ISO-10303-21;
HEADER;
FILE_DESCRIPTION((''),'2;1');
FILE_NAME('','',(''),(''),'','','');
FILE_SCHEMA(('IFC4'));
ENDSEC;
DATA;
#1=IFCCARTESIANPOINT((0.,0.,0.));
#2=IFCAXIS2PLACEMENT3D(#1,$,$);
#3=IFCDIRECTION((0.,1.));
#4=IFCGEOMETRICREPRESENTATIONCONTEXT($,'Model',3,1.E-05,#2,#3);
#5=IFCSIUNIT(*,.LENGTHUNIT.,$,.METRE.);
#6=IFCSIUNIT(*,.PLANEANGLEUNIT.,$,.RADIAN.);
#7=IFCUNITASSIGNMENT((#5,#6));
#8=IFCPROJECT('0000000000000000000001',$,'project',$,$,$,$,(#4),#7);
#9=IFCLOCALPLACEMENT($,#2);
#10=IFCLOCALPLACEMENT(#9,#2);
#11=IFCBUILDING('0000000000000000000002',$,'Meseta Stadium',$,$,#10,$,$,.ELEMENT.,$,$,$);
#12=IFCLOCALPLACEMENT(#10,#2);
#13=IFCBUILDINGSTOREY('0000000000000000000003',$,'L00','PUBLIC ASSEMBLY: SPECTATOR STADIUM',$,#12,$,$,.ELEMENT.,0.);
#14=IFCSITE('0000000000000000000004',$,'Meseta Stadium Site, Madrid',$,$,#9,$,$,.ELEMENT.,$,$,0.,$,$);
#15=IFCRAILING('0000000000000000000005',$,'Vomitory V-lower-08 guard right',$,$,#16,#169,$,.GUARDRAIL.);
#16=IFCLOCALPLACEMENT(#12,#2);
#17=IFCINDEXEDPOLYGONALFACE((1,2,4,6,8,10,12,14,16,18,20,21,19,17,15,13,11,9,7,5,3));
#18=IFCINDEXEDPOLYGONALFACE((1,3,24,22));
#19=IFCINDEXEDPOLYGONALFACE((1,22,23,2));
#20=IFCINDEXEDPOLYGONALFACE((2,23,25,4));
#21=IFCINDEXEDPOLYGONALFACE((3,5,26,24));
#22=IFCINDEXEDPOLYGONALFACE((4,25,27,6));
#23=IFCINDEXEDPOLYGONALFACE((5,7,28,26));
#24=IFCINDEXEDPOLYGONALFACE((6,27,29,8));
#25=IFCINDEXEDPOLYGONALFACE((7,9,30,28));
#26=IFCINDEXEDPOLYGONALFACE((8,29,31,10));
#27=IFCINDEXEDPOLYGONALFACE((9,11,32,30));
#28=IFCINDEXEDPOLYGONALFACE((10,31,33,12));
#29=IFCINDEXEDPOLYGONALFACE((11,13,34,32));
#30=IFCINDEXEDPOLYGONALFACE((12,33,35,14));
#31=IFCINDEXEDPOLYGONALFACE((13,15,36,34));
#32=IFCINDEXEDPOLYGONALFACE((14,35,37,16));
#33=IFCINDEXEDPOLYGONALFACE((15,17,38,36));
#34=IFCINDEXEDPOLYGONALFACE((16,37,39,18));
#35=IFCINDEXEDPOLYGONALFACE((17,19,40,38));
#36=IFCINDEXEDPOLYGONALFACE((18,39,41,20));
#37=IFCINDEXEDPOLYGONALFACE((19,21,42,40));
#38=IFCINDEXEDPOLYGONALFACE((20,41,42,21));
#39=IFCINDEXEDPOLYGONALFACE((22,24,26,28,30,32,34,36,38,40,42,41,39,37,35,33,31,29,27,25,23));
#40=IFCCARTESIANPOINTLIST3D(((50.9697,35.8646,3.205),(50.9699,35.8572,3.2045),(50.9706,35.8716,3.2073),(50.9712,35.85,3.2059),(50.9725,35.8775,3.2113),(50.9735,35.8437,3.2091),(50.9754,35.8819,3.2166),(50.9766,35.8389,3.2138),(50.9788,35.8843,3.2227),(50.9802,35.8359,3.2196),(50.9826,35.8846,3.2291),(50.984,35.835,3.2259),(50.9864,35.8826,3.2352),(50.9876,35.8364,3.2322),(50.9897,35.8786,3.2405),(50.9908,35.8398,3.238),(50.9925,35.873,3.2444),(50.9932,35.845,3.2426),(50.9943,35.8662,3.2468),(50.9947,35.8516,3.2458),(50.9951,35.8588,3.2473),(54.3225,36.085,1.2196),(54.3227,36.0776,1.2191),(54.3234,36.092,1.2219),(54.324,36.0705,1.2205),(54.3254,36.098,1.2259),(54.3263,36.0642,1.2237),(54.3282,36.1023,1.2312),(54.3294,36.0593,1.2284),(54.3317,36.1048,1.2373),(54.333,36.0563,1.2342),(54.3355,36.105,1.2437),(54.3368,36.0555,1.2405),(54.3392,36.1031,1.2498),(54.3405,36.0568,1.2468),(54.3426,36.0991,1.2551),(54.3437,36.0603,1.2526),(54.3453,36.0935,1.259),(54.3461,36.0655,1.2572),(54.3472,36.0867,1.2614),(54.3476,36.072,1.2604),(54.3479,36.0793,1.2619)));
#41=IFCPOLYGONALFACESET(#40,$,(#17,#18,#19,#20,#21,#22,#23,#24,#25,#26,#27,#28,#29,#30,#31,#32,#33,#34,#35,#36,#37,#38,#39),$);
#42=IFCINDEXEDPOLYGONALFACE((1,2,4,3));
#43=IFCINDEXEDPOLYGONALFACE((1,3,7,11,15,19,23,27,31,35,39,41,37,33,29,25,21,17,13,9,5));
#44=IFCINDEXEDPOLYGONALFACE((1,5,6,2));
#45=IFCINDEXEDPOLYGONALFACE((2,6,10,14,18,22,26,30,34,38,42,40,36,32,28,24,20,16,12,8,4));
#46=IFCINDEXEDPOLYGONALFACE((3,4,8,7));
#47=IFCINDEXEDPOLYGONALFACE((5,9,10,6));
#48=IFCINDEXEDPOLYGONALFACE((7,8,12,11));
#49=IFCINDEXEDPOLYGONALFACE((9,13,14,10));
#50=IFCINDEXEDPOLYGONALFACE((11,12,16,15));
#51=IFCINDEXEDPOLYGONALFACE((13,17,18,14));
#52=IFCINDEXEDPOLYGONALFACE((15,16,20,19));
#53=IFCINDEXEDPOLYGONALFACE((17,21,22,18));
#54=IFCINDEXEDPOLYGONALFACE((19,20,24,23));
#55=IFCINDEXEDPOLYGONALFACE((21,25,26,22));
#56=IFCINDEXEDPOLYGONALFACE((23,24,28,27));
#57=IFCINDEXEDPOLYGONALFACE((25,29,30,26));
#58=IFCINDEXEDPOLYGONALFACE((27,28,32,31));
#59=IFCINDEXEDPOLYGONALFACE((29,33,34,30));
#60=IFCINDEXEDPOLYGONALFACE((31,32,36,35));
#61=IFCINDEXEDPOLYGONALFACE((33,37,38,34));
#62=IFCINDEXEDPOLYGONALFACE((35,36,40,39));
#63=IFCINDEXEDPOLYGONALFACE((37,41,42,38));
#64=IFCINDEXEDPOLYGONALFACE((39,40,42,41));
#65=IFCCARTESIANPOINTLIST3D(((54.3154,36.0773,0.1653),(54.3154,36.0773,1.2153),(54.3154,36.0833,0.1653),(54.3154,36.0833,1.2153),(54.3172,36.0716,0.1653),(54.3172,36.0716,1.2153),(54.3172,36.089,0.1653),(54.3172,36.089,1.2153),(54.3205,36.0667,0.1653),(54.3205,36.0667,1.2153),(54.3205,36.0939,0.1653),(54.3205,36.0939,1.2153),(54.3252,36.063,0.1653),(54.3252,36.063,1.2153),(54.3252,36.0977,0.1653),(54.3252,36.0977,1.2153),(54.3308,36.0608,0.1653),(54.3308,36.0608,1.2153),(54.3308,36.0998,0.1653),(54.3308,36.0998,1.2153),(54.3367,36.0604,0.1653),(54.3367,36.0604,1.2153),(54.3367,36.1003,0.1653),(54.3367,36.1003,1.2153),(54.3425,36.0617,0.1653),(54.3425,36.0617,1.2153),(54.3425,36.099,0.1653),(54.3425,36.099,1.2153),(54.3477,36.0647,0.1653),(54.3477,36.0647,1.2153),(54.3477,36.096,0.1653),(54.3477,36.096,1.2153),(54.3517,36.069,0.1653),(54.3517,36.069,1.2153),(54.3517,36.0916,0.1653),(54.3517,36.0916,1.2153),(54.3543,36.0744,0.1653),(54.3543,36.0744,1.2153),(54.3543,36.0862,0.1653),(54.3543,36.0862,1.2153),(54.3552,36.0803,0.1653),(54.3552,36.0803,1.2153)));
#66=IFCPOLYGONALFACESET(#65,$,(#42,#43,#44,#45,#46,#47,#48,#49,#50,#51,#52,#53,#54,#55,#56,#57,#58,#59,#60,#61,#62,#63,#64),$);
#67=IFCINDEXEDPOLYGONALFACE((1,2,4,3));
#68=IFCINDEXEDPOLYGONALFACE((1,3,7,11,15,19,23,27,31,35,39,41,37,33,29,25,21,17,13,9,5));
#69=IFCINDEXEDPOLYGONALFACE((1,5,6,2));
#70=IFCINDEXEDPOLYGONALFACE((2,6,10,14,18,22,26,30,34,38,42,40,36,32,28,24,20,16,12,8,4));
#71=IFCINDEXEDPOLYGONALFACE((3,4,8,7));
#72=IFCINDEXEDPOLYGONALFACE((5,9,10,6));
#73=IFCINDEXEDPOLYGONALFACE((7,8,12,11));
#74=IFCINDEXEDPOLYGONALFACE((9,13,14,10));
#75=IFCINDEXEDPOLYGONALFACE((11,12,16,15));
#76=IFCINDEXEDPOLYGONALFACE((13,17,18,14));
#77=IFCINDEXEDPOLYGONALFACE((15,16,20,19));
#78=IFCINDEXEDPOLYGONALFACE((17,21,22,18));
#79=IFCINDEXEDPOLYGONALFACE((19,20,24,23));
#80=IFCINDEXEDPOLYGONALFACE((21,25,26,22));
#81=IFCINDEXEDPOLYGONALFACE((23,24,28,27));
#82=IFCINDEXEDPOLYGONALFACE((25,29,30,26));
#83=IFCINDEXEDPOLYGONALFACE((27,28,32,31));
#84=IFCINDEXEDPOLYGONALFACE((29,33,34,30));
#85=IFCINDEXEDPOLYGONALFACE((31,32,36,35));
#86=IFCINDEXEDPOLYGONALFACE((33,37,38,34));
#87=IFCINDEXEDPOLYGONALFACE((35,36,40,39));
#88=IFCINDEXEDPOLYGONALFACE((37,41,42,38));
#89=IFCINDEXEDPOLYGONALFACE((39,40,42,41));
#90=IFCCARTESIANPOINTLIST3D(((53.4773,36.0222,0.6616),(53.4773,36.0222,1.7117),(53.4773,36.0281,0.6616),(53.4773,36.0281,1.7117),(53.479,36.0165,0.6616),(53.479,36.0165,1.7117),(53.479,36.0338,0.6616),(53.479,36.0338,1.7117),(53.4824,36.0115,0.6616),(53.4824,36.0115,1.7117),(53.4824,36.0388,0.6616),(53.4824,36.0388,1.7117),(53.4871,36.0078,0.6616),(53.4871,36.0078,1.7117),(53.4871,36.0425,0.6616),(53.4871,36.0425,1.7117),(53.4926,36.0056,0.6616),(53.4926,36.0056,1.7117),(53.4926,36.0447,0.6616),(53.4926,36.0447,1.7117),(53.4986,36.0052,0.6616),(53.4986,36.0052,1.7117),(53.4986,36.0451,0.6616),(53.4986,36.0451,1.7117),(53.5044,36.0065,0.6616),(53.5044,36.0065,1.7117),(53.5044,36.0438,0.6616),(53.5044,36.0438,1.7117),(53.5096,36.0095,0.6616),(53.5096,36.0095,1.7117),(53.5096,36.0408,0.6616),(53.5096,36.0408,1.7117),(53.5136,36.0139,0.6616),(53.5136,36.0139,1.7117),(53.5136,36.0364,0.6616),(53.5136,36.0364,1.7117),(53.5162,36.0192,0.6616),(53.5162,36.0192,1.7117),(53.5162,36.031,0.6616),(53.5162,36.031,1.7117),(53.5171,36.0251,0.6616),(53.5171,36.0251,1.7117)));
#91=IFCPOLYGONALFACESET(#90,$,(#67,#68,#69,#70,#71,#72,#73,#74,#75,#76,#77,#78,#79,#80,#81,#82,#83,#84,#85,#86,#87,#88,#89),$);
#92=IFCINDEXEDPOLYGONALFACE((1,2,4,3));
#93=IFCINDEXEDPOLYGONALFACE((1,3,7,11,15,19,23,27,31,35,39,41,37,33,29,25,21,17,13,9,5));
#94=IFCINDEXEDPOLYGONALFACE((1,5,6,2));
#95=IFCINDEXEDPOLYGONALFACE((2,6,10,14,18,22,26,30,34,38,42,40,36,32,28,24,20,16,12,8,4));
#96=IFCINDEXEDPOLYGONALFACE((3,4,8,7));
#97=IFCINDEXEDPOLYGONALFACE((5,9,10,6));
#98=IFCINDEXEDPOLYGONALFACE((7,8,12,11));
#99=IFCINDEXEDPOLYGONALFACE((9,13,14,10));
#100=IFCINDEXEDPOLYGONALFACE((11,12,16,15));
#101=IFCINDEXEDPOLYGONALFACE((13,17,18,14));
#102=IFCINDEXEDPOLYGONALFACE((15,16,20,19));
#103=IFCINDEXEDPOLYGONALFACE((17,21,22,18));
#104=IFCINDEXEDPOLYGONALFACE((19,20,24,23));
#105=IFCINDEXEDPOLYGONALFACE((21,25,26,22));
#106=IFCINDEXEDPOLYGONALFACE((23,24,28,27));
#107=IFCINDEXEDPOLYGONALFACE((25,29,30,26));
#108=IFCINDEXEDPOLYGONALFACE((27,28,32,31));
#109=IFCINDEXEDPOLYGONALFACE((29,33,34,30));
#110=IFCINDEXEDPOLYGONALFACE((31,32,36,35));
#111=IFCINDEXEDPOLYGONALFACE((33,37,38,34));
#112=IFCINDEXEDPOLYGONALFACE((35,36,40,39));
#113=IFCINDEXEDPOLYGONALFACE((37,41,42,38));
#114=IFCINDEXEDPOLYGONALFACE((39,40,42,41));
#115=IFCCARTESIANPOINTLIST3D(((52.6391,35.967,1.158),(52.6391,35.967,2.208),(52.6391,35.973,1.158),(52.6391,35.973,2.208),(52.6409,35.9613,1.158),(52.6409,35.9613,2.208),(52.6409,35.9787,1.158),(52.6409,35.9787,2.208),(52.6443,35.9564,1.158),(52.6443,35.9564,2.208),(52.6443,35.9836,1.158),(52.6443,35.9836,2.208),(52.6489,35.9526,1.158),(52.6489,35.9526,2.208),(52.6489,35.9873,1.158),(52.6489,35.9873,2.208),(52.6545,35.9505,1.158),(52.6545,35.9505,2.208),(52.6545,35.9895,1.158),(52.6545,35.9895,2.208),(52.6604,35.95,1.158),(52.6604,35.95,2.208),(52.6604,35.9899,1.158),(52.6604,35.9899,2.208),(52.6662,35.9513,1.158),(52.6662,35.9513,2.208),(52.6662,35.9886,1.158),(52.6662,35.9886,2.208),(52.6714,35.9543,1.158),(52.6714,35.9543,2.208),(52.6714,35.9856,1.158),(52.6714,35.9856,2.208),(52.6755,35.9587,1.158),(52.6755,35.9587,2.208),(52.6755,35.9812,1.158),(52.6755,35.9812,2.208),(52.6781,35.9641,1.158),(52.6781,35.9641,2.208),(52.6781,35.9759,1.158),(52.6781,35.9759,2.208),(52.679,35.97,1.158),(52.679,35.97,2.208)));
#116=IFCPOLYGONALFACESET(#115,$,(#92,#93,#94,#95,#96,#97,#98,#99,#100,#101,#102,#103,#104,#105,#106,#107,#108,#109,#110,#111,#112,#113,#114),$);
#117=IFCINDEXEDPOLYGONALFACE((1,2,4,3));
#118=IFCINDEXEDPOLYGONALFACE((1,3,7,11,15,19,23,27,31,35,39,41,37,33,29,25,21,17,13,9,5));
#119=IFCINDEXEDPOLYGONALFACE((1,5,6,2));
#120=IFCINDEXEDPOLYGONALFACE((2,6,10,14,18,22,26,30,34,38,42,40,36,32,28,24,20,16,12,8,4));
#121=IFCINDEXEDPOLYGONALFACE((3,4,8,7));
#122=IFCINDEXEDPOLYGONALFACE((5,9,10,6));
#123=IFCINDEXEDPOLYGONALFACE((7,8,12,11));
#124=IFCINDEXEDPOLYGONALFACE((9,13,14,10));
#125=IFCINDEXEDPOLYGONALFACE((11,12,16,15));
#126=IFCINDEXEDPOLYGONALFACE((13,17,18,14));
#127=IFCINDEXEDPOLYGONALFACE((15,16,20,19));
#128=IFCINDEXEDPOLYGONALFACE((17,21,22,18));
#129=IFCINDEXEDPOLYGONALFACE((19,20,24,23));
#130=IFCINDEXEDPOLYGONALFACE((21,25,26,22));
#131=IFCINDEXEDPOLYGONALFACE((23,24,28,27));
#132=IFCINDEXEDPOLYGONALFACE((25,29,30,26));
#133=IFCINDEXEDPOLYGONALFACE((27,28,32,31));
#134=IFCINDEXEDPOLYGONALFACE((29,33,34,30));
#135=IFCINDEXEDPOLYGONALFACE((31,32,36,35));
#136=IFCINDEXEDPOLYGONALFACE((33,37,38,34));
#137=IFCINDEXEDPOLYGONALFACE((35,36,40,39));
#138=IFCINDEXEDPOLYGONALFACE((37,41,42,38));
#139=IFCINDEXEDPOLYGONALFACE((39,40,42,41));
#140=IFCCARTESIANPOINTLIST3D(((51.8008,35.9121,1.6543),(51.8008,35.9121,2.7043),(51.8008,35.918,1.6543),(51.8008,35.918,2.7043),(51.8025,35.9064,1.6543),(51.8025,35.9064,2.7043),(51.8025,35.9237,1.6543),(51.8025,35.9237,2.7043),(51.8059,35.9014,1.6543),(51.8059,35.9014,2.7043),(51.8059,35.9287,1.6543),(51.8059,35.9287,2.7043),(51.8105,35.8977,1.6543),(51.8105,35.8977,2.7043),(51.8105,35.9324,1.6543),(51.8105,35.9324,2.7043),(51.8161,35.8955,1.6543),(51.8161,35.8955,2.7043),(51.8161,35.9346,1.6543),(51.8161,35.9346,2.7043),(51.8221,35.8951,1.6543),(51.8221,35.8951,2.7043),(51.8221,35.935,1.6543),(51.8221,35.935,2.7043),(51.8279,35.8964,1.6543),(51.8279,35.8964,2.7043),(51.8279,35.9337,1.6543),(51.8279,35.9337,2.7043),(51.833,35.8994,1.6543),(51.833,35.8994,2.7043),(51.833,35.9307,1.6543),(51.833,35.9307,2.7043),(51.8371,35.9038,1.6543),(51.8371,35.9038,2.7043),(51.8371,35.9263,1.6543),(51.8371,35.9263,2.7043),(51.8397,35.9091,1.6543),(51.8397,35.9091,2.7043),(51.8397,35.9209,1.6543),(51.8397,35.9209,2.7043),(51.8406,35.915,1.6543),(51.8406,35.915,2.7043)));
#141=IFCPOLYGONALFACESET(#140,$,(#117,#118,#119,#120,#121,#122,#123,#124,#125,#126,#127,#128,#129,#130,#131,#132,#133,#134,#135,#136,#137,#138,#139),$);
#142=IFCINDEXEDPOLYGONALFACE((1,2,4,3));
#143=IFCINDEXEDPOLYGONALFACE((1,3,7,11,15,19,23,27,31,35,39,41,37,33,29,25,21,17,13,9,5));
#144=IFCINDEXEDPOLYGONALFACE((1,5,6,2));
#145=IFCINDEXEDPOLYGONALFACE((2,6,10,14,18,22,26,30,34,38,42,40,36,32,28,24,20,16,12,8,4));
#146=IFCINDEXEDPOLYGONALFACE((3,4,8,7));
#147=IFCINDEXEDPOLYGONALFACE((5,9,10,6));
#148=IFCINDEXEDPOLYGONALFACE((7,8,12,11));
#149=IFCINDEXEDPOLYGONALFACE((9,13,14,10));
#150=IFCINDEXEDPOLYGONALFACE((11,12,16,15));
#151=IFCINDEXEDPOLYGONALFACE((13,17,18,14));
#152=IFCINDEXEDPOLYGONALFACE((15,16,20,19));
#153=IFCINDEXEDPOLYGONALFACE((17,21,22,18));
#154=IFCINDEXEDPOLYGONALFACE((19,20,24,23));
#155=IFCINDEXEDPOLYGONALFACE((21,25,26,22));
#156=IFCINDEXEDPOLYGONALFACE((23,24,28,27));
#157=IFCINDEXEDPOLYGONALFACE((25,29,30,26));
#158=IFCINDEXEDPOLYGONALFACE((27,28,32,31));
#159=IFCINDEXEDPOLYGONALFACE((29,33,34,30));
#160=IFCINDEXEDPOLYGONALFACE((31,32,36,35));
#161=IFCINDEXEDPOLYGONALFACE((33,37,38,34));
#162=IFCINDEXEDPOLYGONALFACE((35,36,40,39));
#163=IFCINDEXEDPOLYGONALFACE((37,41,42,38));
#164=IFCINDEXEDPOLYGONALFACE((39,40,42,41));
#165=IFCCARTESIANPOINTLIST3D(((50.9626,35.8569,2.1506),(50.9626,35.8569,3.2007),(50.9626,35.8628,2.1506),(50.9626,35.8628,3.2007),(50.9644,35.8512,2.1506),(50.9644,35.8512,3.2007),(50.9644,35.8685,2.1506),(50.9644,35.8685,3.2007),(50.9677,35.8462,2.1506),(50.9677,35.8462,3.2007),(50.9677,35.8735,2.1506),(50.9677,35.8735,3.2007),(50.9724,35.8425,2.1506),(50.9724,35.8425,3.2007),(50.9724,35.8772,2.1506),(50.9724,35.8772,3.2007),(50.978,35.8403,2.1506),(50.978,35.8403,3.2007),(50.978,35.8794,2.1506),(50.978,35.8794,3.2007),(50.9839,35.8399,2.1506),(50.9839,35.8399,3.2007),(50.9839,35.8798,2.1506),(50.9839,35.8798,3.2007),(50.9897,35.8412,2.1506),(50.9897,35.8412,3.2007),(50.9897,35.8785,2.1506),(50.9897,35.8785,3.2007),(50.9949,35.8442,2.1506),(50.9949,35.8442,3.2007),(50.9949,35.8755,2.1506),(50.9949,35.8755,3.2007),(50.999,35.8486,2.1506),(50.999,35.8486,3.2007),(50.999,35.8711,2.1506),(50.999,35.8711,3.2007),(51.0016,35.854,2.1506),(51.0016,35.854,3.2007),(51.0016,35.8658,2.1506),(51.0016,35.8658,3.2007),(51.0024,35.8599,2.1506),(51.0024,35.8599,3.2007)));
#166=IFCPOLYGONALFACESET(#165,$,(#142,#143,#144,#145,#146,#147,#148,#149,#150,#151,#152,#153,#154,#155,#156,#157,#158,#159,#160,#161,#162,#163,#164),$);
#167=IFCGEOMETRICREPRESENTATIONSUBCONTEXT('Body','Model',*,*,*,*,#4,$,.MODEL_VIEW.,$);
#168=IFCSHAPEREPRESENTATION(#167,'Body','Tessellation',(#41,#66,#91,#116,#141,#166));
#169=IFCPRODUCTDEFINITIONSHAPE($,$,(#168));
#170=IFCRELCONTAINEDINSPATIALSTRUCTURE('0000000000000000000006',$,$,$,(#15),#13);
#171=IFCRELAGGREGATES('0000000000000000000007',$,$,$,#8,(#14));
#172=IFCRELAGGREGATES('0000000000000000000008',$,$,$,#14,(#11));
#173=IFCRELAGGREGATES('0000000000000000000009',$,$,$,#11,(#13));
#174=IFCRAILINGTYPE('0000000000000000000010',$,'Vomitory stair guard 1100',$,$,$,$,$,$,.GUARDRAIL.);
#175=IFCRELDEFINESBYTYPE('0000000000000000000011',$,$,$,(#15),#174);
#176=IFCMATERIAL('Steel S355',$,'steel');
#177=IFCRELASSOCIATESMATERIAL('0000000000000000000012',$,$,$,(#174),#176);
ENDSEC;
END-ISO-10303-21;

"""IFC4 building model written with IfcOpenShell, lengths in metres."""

from ifc_helpers import new_model, si_unit, direction, frame, origin, origin_2d, place, context, subcontext, project, spatial, circle, extrude, material, type_object, element, save


model = new_model("IFC4")

# Units and contexts
model_context = context("Model", 3, precision=1e-05, world=origin(), true_north=direction((0.0, 1.0)))
body_context = subcontext(model_context, "Body", "Model", "MODEL_VIEW")
ifc_project = project(units=[si_unit("LENGTHUNIT", "METRE"), si_unit("PLANEANGLEUNIT", "RADIAN")], contexts=[model_context])

# Site, building, storey
site_placement = place(None, origin())
site = spatial("IfcSite", under=ifc_project, at=site_placement, Name="Meseta Stadium Site, Madrid", CompositionType="ELEMENT", RefElevation=0.0)
building_placement = place(site_placement, origin())
building = spatial("IfcBuilding", under=site, at=building_placement, Name="Meseta Stadium", CompositionType="ELEMENT")
storey_placement = place(building_placement, origin())
storey = spatial("IfcBuildingStorey", under=building, at=storey_placement, Name="L00", Description="PUBLIC ASSEMBLY: SPECTATOR STADIUM", CompositionType="ELEMENT", Elevation=0.0)

# Railing
ifc_material_1 = material(Name="Steel S355", Category="steel")
railing_type_1 = type_object("IfcRailingType", Name="Vomitory stair guard 1100", PredefinedType="GUARDRAIL", material=ifc_material_1)
for number, where, name in (
    (1, (54.3352, 36.0803, 0.1653), "Vomitory V-lower-08 guard right"),
):
    element("IfcRailing", number, at=place(storey_placement, frame(where)), inside=storey, type_object=railing_type_1, Name=name, PredefinedType="GUARDRAIL", context=body_context, shape_type="SweptSolid", body=[
        extrude(circle(Radius=0.0249, at=origin_2d()), frame((0.0, 0.0, 1.0752), z_axis=(-0.859084, -0.056488, 0.508707), x_axis=(0.065612, -0.997845, 0.0)), (0.0, 0.0, 1.0), 3.9028),
        extrude(circle(Radius=0.02, at=origin_2d()), origin(), (0.0, 0.0, 1.0), 1.05),
        extrude(circle(Radius=0.02, at=origin_2d()), frame((-0.8381, -0.0552, 0.4963)), (0.0, 0.0, 1.0), 1.05),
        extrude(circle(Radius=0.02, at=origin_2d()), frame((-1.6763, -0.1104, 0.9927)), (0.0, 0.0, 1.0), 1.05),
        extrude(circle(Radius=0.02, at=origin_2d()), frame((-2.5146, -0.1653, 1.489)), (0.0, 0.0, 1.0), 1.05),
        extrude(circle(Radius=0.02, at=origin_2d()), frame((-3.3528, -0.2205, 1.9854)), (0.0, 0.0, 1.0), 1.05),
    ])

save(model, "model.ifc")
